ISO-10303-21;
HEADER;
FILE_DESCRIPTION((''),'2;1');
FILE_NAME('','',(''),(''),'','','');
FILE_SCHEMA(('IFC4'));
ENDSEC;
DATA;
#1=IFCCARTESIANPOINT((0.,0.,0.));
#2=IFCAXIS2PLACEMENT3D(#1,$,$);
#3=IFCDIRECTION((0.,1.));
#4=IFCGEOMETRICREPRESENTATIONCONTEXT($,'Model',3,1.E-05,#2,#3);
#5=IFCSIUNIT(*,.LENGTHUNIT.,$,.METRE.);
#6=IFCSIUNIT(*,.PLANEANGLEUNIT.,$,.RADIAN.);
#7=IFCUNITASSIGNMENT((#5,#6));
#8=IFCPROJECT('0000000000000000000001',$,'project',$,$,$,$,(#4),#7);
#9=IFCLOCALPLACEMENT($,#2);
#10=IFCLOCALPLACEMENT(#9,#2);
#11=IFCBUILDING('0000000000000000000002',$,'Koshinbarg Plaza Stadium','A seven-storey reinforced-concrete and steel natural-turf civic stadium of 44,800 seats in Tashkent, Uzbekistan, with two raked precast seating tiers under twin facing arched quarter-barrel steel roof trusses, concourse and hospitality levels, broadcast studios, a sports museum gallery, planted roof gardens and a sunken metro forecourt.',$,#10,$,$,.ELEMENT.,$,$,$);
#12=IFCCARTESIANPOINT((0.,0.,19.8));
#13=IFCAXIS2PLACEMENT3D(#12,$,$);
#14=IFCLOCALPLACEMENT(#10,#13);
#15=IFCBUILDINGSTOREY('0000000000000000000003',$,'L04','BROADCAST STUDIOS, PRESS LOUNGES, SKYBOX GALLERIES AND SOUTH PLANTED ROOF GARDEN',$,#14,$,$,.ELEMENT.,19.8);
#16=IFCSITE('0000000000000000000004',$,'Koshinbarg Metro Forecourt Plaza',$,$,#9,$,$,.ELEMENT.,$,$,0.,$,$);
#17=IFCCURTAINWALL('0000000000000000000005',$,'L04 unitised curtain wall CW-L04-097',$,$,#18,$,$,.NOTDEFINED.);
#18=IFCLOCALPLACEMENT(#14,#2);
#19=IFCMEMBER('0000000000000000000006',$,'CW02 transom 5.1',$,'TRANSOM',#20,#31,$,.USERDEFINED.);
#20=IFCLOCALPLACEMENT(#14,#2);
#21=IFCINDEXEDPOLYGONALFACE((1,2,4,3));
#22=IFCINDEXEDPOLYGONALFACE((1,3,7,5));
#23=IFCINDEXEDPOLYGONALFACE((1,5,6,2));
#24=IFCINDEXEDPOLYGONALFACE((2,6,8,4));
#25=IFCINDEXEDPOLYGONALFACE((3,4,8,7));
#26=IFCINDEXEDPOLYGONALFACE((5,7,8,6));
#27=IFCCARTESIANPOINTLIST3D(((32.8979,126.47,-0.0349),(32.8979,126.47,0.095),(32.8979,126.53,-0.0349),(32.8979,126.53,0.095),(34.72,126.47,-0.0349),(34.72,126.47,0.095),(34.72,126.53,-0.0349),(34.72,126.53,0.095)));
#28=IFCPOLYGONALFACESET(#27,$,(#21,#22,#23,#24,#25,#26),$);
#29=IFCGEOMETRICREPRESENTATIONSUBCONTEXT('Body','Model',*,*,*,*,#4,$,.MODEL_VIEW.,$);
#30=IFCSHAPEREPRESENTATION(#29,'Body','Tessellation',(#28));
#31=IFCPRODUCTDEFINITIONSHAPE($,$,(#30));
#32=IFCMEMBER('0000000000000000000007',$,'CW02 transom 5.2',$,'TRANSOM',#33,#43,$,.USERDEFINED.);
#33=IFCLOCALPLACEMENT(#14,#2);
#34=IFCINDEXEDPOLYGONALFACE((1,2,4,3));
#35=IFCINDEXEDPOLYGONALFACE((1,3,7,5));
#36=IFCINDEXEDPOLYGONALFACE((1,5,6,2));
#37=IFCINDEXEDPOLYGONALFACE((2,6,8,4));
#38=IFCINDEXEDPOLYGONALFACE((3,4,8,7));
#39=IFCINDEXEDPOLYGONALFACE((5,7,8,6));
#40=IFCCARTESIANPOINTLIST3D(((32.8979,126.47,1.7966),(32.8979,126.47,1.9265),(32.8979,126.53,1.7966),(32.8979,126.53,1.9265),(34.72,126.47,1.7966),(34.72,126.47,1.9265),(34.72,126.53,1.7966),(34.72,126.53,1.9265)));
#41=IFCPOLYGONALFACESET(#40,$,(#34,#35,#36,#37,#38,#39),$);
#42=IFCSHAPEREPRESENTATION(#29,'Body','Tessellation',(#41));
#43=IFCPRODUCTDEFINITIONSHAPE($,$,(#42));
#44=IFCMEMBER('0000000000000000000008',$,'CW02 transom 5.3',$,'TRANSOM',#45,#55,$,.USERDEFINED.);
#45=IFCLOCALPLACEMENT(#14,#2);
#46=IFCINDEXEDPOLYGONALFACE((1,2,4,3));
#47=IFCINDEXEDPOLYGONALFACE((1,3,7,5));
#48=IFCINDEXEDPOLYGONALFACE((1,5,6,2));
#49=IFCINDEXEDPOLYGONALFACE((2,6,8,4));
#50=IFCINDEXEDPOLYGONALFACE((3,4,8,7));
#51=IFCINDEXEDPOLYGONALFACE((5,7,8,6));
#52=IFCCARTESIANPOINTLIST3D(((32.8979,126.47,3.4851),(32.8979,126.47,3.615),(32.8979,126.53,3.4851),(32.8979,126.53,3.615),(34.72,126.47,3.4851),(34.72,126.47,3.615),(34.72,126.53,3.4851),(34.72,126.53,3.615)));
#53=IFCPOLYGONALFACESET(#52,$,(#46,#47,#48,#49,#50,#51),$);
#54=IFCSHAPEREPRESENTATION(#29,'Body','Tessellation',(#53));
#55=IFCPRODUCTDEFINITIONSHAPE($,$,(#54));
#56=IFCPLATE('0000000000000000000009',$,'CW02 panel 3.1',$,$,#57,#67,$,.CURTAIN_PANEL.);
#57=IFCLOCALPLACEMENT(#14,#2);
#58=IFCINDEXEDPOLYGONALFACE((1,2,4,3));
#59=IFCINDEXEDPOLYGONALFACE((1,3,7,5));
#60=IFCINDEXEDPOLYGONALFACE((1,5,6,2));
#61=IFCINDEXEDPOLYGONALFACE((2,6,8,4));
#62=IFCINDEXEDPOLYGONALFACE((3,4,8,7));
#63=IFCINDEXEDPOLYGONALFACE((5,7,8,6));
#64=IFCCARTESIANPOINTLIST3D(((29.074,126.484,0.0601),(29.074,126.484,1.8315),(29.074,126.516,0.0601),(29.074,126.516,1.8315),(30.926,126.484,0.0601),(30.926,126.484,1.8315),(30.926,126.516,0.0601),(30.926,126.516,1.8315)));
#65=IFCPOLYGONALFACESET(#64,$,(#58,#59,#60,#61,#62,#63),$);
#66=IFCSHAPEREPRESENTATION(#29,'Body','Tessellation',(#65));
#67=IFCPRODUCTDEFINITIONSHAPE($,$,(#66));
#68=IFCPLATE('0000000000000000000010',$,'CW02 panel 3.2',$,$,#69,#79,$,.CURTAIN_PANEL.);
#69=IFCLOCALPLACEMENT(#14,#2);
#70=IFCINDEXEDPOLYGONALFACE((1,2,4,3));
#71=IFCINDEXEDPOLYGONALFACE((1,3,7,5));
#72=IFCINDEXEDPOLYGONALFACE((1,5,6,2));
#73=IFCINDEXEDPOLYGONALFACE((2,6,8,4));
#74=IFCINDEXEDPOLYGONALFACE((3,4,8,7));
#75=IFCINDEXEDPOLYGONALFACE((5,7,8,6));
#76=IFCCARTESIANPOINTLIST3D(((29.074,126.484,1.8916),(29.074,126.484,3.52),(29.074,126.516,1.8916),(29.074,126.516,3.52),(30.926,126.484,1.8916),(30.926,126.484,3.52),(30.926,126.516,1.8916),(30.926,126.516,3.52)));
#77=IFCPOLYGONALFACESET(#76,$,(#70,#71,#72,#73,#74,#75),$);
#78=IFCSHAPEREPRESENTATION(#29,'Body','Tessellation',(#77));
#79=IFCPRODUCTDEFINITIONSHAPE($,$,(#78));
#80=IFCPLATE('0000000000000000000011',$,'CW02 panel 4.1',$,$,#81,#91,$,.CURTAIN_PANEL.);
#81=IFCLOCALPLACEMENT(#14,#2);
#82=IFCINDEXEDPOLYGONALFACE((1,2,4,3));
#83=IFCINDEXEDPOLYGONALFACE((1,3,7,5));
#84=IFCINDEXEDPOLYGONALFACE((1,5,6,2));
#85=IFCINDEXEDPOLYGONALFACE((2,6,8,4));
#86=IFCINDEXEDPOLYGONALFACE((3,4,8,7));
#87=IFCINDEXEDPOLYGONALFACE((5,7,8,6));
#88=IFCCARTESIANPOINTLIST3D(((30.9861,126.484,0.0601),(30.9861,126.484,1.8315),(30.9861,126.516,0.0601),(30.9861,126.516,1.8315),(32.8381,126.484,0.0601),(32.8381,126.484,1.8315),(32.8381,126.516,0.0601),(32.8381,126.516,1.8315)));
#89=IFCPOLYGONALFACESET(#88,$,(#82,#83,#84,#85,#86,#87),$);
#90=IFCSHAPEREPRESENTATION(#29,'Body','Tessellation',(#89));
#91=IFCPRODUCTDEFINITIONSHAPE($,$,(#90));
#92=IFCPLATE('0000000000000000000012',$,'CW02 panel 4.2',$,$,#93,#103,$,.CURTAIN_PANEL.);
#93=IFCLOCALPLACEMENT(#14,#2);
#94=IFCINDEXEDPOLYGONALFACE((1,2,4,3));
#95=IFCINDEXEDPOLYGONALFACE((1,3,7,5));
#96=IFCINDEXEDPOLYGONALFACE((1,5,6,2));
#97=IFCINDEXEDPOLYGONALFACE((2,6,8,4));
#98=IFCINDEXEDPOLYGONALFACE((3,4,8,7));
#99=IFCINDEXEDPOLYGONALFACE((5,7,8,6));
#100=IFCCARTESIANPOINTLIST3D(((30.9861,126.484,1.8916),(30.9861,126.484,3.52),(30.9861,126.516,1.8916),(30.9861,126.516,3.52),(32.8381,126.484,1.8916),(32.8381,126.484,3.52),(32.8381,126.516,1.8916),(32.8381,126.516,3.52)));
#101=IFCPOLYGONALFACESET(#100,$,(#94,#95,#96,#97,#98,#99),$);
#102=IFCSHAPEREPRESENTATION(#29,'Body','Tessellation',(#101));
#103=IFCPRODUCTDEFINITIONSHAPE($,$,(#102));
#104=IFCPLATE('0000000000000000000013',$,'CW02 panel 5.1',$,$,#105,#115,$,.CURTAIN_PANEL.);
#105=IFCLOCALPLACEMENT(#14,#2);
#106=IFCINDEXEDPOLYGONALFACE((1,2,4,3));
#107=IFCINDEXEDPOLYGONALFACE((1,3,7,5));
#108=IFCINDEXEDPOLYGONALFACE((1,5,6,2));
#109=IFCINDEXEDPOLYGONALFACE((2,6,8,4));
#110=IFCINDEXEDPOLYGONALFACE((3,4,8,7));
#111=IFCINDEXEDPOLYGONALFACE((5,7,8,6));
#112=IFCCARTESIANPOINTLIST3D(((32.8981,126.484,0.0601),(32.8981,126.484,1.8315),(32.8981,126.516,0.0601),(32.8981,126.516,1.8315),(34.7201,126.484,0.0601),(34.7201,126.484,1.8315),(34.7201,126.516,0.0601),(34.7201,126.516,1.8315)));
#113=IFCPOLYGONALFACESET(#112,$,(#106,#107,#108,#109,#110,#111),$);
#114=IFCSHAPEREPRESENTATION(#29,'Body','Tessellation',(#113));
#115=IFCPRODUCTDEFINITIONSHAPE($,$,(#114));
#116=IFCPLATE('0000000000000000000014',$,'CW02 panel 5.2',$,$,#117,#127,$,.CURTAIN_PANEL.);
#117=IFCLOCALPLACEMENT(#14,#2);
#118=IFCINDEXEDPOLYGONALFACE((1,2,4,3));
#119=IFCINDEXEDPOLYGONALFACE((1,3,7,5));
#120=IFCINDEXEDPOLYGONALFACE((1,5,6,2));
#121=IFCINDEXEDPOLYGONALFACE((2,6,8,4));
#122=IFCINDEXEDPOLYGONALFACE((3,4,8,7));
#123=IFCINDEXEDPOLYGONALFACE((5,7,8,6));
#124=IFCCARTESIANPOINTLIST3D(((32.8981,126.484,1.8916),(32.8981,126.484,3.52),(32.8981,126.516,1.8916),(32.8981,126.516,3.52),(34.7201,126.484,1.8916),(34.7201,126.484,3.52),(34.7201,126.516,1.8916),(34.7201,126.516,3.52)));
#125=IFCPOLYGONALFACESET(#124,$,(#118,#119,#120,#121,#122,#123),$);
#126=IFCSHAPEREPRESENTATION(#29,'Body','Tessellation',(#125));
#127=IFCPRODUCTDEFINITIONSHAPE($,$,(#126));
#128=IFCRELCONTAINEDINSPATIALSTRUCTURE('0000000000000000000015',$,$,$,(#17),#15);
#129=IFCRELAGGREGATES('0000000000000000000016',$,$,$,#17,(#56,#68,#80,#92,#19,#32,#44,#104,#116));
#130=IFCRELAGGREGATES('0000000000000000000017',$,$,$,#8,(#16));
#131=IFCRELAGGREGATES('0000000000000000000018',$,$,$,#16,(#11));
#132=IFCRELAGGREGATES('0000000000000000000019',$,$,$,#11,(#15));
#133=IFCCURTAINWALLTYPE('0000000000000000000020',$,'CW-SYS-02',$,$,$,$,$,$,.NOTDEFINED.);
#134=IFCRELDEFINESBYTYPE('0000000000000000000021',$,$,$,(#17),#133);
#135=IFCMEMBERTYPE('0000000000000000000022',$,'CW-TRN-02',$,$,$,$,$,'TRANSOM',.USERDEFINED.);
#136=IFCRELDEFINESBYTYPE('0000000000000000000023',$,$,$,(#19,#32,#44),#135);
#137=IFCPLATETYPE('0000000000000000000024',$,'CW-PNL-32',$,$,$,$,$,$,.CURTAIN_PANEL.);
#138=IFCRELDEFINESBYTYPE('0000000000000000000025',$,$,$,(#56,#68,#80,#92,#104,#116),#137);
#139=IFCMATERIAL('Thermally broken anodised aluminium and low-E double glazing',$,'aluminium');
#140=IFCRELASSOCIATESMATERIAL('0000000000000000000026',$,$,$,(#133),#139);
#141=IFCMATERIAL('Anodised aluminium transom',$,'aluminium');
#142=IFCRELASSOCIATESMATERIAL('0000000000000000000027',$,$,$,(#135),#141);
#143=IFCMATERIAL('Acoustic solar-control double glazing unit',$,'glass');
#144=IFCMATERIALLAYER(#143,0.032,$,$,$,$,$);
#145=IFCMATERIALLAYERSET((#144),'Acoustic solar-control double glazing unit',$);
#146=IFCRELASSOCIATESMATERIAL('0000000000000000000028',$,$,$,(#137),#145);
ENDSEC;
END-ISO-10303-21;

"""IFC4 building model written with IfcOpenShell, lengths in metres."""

from ifc_helpers import new_model, si_unit, direction, frame, origin, origin_2d, place, context, subcontext, project, spatial, rectangle, extrude, material, layer, layer_set, material_profile, profile_set, type_object, element, aggregate, save


model = new_model("IFC4")

# Units and contexts
model_context = context("Model", 3, precision=1e-05, world=origin(), true_north=direction((0.0, 1.0)))
body_context = subcontext(model_context, "Body", "Model", "MODEL_VIEW")
ifc_project = project(units=[si_unit("LENGTHUNIT", "METRE"), si_unit("PLANEANGLEUNIT", "RADIAN")], contexts=[model_context])

# Site, building, storey
site_placement = place(None, origin())
site = spatial("IfcSite", under=ifc_project, at=site_placement, Name="Koshinbarg Metro Forecourt Plaza", CompositionType="ELEMENT", RefElevation=0.0)
building_placement = place(site_placement, origin())
building = spatial("IfcBuilding", under=site, at=building_placement, Name="Koshinbarg Plaza Stadium", Description="A seven-storey reinforced-concrete and steel natural-turf civic stadium of 44,800 seats in Tashkent, Uzbekistan, with two raked precast seating tiers under twin facing arched quarter-barrel steel roof trusses, concourse and hospitality levels, broadcast studios, a sports museum gallery, planted roof gardens and a sunken metro forecourt.", CompositionType="ELEMENT")
storey_placement = place(building_placement, frame((0.0, 0.0, 19.8)))
storey = spatial("IfcBuildingStorey", under=building, at=storey_placement, Name="L04", Description="BROADCAST STUDIOS, PRESS LOUNGES, SKYBOX GALLERIES AND SOUTH PLANTED ROOF GARDEN", CompositionType="ELEMENT", Elevation=19.8)

# Curtain wall, members, plates
ifc_material_1 = material(Name="Thermally broken anodised aluminium and low-E double glazing", Category="aluminium")
curtain_wall_type = type_object("IfcCurtainWallType", Name="CW-SYS-02", PredefinedType="NOTDEFINED", material=ifc_material_1)
curtain_wall_placement = place(storey_placement, origin())
curtain_wall = element("IfcCurtainWall", 1, at=curtain_wall_placement, inside=storey, type_object=curtain_wall_type, Name="L04 unitised curtain wall CW-L04-097", PredefinedType="NOTDEFINED")
ifc_material_2 = material(Name="Anodised aluminium transom", Category="aluminium")
ifc_material_profile_1 = material_profile(ifc_material_2, rectangle(XDim=0.0601, YDim=0.1299, at=origin_2d()), Name="ALU 60x130")
ifc_profile_set_1 = profile_set([ifc_material_profile_1], Name="Anodised aluminium transom")
member_type_1 = type_object("IfcMemberType", Name="CW-TRN-02", ElementType="TRANSOM", PredefinedType="USERDEFINED", material=ifc_profile_set_1)
member_1_placement = place(storey_placement, frame((32.8979, 126.5, 0.03), z_axis=(1.0, 0.0, 0.0), x_axis=(0.0, 1.0, 0.0)))
member_1 = element("IfcMember", 2, at=member_1_placement, type_object=member_type_1, Name="CW02 transom 5.1", ObjectType="TRANSOM", PredefinedType="USERDEFINED", context=body_context, shape_type="SweptSolid", body=[
    extrude(rectangle(XDim=0.0601, YDim=0.1299, at=origin_2d()), origin(), (0.0, 0.0, 1.0), 1.822),
])
member_2_placement = place(storey_placement, frame((32.8979, 126.5, 1.8616), z_axis=(1.0, 0.0, 0.0), x_axis=(0.0, 1.0, 0.0)))
member_2 = element("IfcMember", 3, at=member_2_placement, type_object=member_type_1, Name="CW02 transom 5.2", ObjectType="TRANSOM", PredefinedType="USERDEFINED", context=body_context, shape_type="SweptSolid", body=[
    extrude(rectangle(XDim=0.0601, YDim=0.1299, at=origin_2d()), origin(), (0.0, 0.0, 1.0), 1.822),
])
member_3_placement = place(storey_placement, frame((32.8979, 126.5, 3.55), z_axis=(1.0, 0.0, 0.0), x_axis=(0.0, 1.0, 0.0)))
member_3 = element("IfcMember", 4, at=member_3_placement, type_object=member_type_1, Name="CW02 transom 5.3", ObjectType="TRANSOM", PredefinedType="USERDEFINED", context=body_context, shape_type="SweptSolid", body=[
    extrude(rectangle(XDim=0.0601, YDim=0.1299, at=origin_2d()), origin(), (0.0, 0.0, 1.0), 1.822),
])
ifc_material_3 = material(Name="Acoustic solar-control double glazing unit", Category="glass")
ifc_layer = layer(ifc_material_3, 0.032)
ifc_layer_set = layer_set([ifc_layer], Name="Acoustic solar-control double glazing unit")
plate_type = type_object("IfcPlateType", Name="CW-PNL-32", PredefinedType="CURTAIN_PANEL", material=ifc_layer_set)
plate_1_placement = place(storey_placement, frame((30.0, 126.5, 0.0601), z_axis=(0.0, 0.0, 1.0), x_axis=(1.0, 0.0, 0.0)))
plate_1 = element("IfcPlate", 5, at=plate_1_placement, type_object=plate_type, Name="CW02 panel 3.1", PredefinedType="CURTAIN_PANEL", context=body_context, shape_type="SweptSolid", body=[
    extrude(rectangle(XDim=1.8521, YDim=0.032, at=origin_2d()), origin(), (0.0, 0.0, 1.0), 1.7715),
])
plate_2_placement = place(storey_placement, frame((30.0, 126.5, 1.8916), z_axis=(0.0, 0.0, 1.0), x_axis=(1.0, 0.0, 0.0)))
plate_2 = element("IfcPlate", 6, at=plate_2_placement, type_object=plate_type, Name="CW02 panel 3.2", PredefinedType="CURTAIN_PANEL", context=body_context, shape_type="SweptSolid", body=[
    extrude(rectangle(XDim=1.8521, YDim=0.032, at=origin_2d()), origin(), (0.0, 0.0, 1.0), 1.6284),
])
plate_3_placement = place(storey_placement, frame((31.9121, 126.5, 0.0601), z_axis=(0.0, 0.0, 1.0), x_axis=(1.0, 0.0, 0.0)))
plate_3 = element("IfcPlate", 7, at=plate_3_placement, type_object=plate_type, Name="CW02 panel 4.1", PredefinedType="CURTAIN_PANEL", context=body_context, shape_type="SweptSolid", body=[
    extrude(rectangle(XDim=1.8521, YDim=0.032, at=origin_2d()), origin(), (0.0, 0.0, 1.0), 1.7715),
])
plate_4_placement = place(storey_placement, frame((31.9121, 126.5, 1.8916), z_axis=(0.0, 0.0, 1.0), x_axis=(1.0, 0.0, 0.0)))
plate_4 = element("IfcPlate", 8, at=plate_4_placement, type_object=plate_type, Name="CW02 panel 4.2", PredefinedType="CURTAIN_PANEL", context=body_context, shape_type="SweptSolid", body=[
    extrude(rectangle(XDim=1.8521, YDim=0.032, at=origin_2d()), origin(), (0.0, 0.0, 1.0), 1.6284),
])
plate_5_placement = place(storey_placement, frame((33.8091, 126.5, 0.0601), z_axis=(0.0, 0.0, 1.0), x_axis=(1.0, 0.0, 0.0)))
plate_5 = element("IfcPlate", 9, at=plate_5_placement, type_object=plate_type, Name="CW02 panel 5.1", PredefinedType="CURTAIN_PANEL", context=body_context, shape_type="SweptSolid", body=[
    extrude(rectangle(XDim=1.822, YDim=0.032, at=origin_2d()), origin(), (0.0, 0.0, 1.0), 1.7715),
])
plate_6_placement = place(storey_placement, frame((33.8091, 126.5, 1.8916), z_axis=(0.0, 0.0, 1.0), x_axis=(1.0, 0.0, 0.0)))
plate_6 = element("IfcPlate", 10, at=plate_6_placement, type_object=plate_type, Name="CW02 panel 5.2", PredefinedType="CURTAIN_PANEL", context=body_context, shape_type="SweptSolid", body=[
    extrude(rectangle(XDim=1.822, YDim=0.032, at=origin_2d()), origin(), (0.0, 0.0, 1.0), 1.6284),
])
aggregate(curtain_wall, [plate_1, plate_2, plate_3, plate_4, member_1, member_2, member_3, plate_5, plate_6])

save(model, "model.ifc")
